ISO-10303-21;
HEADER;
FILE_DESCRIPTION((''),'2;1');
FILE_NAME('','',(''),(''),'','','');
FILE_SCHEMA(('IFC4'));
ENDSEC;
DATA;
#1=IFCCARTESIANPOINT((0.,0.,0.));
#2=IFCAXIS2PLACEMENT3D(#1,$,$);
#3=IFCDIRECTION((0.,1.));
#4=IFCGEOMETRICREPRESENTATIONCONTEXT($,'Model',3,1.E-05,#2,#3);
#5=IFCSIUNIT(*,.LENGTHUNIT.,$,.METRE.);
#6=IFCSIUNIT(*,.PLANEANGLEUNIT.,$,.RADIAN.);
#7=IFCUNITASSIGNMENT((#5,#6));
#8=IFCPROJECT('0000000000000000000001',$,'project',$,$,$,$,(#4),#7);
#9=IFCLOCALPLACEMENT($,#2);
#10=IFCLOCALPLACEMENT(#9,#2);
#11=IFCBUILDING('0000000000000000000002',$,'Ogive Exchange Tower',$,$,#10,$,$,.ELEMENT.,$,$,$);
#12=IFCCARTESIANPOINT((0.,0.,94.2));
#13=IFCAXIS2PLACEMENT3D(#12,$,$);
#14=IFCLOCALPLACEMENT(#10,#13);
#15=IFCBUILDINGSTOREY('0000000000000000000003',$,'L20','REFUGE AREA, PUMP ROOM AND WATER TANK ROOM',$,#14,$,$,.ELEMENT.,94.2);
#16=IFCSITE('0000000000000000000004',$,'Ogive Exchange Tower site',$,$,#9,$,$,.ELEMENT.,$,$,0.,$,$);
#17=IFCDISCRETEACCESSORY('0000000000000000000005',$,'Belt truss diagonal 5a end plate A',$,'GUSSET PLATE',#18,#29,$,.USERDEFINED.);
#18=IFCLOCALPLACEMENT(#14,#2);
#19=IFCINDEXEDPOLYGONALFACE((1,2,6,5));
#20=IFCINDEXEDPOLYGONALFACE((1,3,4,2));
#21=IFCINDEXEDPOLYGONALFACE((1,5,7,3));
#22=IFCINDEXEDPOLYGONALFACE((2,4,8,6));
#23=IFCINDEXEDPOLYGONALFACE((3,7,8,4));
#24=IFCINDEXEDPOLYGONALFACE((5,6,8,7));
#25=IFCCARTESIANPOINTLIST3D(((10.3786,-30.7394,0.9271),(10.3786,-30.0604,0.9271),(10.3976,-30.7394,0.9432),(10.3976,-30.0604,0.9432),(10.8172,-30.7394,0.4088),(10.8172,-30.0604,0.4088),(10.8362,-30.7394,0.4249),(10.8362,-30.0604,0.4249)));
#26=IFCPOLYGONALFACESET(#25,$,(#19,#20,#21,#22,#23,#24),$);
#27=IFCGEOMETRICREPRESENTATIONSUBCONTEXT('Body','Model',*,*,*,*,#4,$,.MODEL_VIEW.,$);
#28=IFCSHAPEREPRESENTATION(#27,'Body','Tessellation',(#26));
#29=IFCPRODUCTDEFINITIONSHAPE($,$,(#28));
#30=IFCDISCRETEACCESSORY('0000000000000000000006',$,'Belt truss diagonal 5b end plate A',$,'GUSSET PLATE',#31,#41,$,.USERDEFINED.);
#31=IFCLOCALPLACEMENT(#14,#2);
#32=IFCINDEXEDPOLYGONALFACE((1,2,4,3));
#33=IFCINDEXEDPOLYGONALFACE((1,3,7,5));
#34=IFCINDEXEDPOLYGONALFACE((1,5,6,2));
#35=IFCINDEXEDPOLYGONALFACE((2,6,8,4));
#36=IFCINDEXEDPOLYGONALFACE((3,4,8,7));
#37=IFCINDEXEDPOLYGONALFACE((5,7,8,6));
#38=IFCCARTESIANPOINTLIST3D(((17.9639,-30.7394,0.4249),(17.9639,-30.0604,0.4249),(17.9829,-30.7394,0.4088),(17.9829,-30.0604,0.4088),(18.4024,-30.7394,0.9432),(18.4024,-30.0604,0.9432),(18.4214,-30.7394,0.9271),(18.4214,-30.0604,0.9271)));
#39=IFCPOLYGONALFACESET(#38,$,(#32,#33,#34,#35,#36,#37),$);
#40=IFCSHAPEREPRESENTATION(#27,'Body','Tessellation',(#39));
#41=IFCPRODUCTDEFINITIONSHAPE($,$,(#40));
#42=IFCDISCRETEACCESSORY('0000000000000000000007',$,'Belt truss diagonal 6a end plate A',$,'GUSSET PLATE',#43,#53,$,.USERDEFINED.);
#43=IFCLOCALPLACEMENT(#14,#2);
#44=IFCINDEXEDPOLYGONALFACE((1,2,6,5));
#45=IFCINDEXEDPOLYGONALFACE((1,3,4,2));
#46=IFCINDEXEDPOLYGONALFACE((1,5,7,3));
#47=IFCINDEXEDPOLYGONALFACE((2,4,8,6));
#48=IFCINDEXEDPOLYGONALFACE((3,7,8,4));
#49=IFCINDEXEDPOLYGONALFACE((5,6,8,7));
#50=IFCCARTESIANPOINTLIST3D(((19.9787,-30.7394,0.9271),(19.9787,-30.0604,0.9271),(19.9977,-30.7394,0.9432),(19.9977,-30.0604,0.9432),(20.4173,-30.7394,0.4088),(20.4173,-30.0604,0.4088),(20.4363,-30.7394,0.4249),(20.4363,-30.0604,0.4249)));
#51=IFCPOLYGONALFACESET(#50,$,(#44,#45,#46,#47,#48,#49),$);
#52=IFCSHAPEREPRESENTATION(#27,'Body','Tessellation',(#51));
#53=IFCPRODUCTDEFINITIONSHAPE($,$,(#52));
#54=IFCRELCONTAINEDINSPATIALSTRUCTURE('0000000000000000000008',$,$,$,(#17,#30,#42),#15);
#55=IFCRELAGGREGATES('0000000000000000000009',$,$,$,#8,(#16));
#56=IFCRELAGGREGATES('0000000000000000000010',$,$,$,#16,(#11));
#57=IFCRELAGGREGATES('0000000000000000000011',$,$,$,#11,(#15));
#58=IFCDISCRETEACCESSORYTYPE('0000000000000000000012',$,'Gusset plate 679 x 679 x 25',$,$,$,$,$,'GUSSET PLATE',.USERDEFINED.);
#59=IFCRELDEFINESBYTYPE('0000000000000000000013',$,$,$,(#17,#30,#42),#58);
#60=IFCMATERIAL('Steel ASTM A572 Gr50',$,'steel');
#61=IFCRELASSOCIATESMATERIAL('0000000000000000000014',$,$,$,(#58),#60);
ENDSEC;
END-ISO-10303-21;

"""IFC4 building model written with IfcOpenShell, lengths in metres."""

from ifc_helpers import new_model, si_unit, direction, frame, origin, origin_2d, place, context, subcontext, project, spatial, rectangle, extrude, material, material_profile, profile_set, type_object, element, save


model = new_model("IFC4")

# Units and contexts
model_context = context("Model", 3, precision=1e-05, world=origin(), true_north=direction((0.0, 1.0)))
body_context = subcontext(model_context, "Body", "Model", "MODEL_VIEW")
ifc_project = project(units=[si_unit("LENGTHUNIT", "METRE"), si_unit("PLANEANGLEUNIT", "RADIAN")], contexts=[model_context])

# Site, building, storey
site_placement = place(None, origin())
site = spatial("IfcSite", under=ifc_project, at=site_placement, Name="Ogive Exchange Tower site", CompositionType="ELEMENT", RefElevation=0.0)
building_placement = place(site_placement, origin())
building = spatial("IfcBuilding", under=site, at=building_placement, Name="Ogive Exchange Tower", CompositionType="ELEMENT")
storey_placement = place(building_placement, frame((0.0, 0.0, 94.2)))
storey = spatial("IfcBuildingStorey", under=building, at=storey_placement, Name="L20", Description="REFUGE AREA, PUMP ROOM AND WATER TANK ROOM", CompositionType="ELEMENT", Elevation=94.2)

# Discrete accessories
ifc_material_1 = material(Name="Steel ASTM A572 Gr50", Category="steel")
ifc_material_profile_1 = material_profile(ifc_material_1, rectangle(XDim=0.679, YDim=0.679, at=origin_2d()), Name="PL 679 x 679 x 25")
ifc_profile_set_1 = profile_set([ifc_material_profile_1], Name="Steel ASTM A572 Gr50")
discrete_accessory_type_1 = type_object("IfcDiscreteAccessoryType", Name="Gusset plate 679 x 679 x 25", ElementType="GUSSET PLATE", PredefinedType="USERDEFINED", material=ifc_profile_set_1)
for number, where, z_axis, x_axis, name in (
    (1, (10.5979, -30.3999, 0.668), (0.763386, 0.0, 0.645942), (0.0, 1.0, 0.0), "Belt truss diagonal 5a end plate A"),
    (2, (18.2021, -30.3999, 0.668), (-0.763386, 0.0, 0.645942), (0.0, -1.0, 0.0), "Belt truss diagonal 5b end plate A"),
    (3, (20.198, -30.3999, 0.668), (0.763386, 0.0, 0.645942), (0.0, 1.0, 0.0), "Belt truss diagonal 6a end plate A"),
):
    element("IfcDiscreteAccessory", number, at=place(storey_placement, frame(where, z_axis=z_axis, x_axis=x_axis)), inside=storey, type_object=discrete_accessory_type_1, Name=name, ObjectType="GUSSET PLATE", PredefinedType="USERDEFINED", context=body_context, shape_type="SweptSolid", body=[
        extrude(rectangle(XDim=0.679, YDim=0.679, at=origin_2d()), origin(), (0.0, 0.0, 1.0), 0.0249),
    ])

save(model, "model.ifc")
